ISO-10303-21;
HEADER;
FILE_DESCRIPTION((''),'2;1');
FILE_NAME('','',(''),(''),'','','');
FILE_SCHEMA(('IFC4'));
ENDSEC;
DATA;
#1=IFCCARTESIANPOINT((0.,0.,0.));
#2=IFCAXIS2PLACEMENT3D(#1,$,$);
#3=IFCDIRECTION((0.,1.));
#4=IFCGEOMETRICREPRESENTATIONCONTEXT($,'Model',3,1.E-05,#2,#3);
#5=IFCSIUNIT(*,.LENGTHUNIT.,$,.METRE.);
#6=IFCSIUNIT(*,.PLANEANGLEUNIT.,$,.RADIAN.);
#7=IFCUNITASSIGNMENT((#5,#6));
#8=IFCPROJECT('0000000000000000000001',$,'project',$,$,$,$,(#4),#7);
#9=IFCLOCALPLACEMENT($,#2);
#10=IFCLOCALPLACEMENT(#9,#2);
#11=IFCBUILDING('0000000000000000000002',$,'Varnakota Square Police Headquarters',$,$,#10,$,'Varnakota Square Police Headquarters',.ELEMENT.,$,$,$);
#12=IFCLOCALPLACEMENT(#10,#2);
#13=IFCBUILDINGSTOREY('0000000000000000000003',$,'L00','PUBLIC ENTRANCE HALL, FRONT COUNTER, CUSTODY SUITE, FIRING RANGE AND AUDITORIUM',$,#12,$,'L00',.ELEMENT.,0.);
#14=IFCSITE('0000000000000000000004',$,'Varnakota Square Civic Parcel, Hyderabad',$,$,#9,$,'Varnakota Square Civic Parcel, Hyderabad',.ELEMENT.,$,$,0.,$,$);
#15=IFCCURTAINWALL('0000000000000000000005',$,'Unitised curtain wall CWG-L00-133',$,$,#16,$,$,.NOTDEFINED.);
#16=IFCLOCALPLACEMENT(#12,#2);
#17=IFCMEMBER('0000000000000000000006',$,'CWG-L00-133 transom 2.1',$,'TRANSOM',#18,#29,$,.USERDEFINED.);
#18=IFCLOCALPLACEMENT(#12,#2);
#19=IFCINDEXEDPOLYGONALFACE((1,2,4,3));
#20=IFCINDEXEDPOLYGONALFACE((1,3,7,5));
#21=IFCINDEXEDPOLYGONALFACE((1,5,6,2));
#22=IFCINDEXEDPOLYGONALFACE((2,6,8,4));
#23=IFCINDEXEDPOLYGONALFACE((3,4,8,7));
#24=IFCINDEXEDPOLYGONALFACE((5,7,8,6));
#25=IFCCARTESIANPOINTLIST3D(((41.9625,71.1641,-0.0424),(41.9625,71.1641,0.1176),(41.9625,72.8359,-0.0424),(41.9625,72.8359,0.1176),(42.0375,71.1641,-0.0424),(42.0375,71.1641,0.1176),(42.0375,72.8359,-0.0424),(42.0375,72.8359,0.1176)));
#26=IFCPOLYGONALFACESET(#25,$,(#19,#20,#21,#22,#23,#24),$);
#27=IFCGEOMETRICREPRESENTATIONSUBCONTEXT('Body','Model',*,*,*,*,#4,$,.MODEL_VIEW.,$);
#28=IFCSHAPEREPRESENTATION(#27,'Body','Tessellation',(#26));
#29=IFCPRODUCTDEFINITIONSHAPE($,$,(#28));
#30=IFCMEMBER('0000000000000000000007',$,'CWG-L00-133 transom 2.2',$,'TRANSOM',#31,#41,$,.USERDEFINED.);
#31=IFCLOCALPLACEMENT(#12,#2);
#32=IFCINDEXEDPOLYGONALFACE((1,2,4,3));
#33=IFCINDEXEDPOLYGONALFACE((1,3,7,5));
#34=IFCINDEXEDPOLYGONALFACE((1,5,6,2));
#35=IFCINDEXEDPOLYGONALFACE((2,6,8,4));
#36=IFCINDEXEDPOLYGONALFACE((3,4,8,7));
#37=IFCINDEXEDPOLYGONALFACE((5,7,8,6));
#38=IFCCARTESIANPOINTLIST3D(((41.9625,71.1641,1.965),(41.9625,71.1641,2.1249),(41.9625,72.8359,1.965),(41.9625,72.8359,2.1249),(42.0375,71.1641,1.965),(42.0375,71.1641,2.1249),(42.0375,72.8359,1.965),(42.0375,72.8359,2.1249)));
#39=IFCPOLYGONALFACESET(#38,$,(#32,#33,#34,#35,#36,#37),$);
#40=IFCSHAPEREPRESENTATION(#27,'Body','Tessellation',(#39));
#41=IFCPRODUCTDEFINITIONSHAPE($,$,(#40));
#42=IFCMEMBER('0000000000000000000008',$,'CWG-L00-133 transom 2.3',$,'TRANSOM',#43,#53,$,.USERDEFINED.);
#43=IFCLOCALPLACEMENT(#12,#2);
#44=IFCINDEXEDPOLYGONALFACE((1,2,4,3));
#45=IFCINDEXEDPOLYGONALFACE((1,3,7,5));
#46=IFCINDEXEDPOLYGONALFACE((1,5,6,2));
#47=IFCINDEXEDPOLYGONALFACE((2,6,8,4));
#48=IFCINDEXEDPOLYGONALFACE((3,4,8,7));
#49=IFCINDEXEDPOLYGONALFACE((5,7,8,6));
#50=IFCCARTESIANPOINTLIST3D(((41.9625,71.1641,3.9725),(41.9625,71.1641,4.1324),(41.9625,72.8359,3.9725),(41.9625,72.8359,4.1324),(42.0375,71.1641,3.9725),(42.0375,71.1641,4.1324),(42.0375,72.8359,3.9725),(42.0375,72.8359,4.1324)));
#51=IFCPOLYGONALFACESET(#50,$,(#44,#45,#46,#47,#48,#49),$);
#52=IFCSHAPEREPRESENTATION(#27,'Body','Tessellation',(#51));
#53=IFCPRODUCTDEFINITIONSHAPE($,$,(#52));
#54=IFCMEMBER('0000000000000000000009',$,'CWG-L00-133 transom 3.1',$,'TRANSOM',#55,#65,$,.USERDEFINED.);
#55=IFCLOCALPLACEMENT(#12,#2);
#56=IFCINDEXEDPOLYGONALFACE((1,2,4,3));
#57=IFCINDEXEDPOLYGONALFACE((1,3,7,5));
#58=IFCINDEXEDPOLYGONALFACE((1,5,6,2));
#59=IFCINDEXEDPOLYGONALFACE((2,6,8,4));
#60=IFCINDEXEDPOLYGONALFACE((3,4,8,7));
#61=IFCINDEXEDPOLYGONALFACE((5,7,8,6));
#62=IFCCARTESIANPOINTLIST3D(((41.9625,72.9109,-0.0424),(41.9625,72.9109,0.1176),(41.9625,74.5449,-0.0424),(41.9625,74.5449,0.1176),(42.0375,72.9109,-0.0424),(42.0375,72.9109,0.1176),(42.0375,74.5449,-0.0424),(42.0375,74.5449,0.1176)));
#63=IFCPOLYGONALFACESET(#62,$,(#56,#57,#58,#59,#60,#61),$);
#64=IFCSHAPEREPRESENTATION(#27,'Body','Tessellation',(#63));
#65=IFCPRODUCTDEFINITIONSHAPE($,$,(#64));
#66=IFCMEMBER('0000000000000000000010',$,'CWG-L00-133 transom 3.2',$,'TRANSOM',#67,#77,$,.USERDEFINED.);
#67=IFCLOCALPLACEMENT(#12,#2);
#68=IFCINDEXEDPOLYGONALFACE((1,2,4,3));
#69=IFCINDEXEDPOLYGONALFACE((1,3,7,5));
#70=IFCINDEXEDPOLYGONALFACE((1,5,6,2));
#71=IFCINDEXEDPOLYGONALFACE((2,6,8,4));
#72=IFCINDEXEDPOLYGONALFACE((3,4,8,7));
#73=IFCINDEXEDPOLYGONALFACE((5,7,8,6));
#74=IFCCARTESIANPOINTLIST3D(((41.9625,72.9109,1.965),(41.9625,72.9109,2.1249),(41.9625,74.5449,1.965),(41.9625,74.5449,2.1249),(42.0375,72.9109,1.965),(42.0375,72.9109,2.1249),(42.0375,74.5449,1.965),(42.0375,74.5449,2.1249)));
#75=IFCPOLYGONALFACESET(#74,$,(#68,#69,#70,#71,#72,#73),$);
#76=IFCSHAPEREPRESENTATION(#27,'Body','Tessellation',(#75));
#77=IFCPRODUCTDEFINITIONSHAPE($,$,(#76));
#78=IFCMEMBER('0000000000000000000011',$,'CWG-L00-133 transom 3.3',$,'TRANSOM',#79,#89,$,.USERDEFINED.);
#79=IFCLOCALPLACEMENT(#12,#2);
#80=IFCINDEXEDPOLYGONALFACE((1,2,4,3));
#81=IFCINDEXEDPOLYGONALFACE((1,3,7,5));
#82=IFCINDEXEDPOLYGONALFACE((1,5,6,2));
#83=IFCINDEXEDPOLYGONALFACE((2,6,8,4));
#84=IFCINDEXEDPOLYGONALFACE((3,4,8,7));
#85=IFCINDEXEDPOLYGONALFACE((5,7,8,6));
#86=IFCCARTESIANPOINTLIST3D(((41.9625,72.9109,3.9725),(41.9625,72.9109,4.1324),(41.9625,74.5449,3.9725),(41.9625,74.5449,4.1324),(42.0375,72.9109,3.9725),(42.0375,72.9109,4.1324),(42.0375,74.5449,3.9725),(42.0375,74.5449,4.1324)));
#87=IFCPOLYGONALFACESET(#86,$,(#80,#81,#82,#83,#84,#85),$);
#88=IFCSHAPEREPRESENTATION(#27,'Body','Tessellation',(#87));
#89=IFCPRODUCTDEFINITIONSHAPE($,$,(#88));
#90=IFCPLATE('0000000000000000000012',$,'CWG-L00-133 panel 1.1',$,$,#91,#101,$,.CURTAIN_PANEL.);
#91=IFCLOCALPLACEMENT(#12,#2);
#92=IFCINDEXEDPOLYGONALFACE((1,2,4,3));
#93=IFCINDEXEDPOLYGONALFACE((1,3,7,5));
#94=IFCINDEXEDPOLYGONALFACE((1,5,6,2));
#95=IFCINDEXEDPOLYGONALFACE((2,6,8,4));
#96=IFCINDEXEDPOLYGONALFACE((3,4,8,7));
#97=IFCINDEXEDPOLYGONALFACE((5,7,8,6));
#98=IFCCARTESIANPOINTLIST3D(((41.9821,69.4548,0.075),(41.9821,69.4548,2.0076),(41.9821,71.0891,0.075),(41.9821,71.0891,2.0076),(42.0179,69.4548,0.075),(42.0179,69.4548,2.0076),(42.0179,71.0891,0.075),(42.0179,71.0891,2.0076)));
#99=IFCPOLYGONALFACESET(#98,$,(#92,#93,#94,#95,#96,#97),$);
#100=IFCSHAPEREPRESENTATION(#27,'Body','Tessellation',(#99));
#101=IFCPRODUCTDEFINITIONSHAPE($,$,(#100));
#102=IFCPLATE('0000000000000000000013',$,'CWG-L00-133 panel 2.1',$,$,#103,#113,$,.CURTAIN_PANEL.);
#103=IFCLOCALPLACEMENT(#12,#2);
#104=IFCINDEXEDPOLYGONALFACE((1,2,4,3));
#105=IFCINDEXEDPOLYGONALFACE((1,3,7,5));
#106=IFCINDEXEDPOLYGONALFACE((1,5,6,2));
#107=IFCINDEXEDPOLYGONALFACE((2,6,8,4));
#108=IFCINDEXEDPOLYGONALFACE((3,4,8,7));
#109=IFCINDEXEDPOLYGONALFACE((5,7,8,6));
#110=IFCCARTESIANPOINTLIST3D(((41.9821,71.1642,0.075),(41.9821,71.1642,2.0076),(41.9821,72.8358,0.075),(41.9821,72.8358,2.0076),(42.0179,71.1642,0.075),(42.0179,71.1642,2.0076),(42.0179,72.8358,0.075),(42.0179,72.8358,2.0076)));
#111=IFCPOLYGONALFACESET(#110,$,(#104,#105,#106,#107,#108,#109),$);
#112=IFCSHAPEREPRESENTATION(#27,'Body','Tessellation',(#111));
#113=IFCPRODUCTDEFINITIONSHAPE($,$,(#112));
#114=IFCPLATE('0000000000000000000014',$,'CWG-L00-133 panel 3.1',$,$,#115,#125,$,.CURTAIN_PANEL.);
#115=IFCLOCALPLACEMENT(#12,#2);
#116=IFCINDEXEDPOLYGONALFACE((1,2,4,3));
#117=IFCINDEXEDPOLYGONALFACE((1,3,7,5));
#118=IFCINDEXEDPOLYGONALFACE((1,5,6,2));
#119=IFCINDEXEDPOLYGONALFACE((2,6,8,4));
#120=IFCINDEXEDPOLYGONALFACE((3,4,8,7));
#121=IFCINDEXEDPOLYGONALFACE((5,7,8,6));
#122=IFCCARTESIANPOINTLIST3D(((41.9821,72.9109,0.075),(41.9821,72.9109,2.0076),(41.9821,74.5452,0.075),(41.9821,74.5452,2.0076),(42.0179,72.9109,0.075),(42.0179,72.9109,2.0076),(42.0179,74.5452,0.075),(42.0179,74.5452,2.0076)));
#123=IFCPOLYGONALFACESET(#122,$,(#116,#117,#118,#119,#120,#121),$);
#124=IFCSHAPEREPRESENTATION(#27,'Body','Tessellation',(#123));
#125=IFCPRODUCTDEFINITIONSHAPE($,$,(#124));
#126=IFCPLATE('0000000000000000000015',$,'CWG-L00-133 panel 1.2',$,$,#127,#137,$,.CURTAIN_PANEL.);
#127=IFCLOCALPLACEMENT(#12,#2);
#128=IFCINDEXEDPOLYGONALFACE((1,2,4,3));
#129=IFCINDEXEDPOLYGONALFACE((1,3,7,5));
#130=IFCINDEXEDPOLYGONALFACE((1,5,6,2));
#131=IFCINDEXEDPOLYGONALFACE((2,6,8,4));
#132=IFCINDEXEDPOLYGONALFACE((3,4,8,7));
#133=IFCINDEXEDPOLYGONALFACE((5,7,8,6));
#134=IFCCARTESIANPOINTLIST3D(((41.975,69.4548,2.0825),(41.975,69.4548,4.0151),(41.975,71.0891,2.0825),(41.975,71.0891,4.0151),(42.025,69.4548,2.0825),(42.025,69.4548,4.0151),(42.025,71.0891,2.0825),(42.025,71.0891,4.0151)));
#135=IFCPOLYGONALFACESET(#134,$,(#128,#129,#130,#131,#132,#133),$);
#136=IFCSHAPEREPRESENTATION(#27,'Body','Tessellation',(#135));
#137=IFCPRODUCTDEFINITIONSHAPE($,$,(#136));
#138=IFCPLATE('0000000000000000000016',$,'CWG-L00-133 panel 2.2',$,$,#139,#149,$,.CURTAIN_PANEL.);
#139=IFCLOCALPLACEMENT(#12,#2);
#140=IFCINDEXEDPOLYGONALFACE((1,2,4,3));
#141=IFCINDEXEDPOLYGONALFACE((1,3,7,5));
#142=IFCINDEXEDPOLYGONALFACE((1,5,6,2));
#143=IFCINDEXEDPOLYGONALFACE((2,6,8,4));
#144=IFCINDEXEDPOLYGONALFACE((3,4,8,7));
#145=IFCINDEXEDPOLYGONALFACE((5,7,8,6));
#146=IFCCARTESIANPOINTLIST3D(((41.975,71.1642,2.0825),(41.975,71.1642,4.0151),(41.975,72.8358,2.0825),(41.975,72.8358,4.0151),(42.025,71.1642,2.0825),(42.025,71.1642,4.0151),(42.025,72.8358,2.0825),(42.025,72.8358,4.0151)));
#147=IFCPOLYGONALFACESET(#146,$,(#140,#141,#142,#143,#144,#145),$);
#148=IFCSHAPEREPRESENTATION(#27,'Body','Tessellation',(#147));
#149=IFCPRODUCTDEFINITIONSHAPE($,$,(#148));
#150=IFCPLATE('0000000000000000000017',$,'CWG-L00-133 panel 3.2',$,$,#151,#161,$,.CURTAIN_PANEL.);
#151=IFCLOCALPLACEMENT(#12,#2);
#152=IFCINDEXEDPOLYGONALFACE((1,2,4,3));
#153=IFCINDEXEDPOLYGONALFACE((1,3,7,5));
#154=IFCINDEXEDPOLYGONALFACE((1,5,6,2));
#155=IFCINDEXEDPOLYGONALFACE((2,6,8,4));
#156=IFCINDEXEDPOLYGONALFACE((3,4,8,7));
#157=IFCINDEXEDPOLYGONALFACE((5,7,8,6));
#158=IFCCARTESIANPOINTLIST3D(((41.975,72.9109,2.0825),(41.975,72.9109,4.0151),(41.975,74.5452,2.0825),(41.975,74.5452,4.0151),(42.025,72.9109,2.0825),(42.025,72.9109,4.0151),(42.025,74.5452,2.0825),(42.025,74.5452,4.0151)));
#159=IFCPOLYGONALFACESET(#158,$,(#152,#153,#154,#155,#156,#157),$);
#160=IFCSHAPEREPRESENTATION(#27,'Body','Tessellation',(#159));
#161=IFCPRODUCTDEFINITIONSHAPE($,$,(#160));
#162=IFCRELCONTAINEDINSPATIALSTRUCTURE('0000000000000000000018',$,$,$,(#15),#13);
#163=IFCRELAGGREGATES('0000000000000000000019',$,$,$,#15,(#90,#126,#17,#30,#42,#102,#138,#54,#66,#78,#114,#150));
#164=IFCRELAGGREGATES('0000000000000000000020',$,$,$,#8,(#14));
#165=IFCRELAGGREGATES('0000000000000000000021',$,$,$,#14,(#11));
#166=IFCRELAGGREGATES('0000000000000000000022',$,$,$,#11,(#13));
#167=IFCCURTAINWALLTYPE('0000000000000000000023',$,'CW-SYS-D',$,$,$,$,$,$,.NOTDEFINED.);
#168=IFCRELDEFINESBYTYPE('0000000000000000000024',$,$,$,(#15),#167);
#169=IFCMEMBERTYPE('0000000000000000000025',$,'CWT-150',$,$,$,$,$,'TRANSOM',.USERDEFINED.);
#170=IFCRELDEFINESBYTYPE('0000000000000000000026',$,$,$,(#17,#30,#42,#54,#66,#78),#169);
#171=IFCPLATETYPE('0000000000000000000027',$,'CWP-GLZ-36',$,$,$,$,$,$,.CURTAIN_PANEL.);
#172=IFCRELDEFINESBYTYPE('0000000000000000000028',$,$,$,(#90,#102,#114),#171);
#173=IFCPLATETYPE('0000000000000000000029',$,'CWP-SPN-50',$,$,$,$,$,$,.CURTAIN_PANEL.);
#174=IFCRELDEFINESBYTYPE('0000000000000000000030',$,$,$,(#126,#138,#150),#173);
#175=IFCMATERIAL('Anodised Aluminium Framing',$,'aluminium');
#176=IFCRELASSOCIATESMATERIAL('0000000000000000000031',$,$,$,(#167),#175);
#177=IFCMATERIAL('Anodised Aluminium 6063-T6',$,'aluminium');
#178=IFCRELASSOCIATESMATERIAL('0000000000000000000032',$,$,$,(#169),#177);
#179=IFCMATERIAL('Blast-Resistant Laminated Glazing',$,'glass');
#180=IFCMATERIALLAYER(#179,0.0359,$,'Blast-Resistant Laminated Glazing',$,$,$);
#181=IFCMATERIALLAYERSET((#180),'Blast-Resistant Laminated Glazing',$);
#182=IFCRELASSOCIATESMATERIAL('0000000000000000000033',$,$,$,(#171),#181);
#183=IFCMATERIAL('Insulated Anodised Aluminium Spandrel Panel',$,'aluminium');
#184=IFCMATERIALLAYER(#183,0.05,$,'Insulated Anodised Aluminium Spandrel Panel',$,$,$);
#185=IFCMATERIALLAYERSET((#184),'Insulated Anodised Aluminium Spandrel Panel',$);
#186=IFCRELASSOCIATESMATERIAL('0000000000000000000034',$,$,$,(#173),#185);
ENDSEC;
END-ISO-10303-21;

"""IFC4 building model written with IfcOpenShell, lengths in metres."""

from ifc_helpers import new_model, si_unit, direction, frame, origin, origin_2d, place, context, subcontext, project, spatial, rectangle, extrude, material, layer, layer_set, material_profile, profile_set, type_object, element, aggregate, save


model = new_model("IFC4")

# Units and contexts
model_context = context("Model", 3, precision=1e-05, world=origin(), true_north=direction((0.0, 1.0)))
body_context = subcontext(model_context, "Body", "Model", "MODEL_VIEW")
ifc_project = project(units=[si_unit("LENGTHUNIT", "METRE"), si_unit("PLANEANGLEUNIT", "RADIAN")], contexts=[model_context])

# Site, building, storey
site_placement = place(None, origin())
site = spatial("IfcSite", under=ifc_project, at=site_placement, Name="Varnakota Square Civic Parcel, Hyderabad", LongName="Varnakota Square Civic Parcel, Hyderabad", CompositionType="ELEMENT", RefElevation=0.0)
building_placement = place(site_placement, origin())
building = spatial("IfcBuilding", under=site, at=building_placement, Name="Varnakota Square Police Headquarters", LongName="Varnakota Square Police Headquarters", CompositionType="ELEMENT")
storey_placement = place(building_placement, origin())
storey = spatial("IfcBuildingStorey", under=building, at=storey_placement, Name="L00", Description="PUBLIC ENTRANCE HALL, FRONT COUNTER, CUSTODY SUITE, FIRING RANGE AND AUDITORIUM", LongName="L00", CompositionType="ELEMENT", Elevation=0.0)

# Curtain wall, members, plates
ifc_material_1 = material(Name="Anodised Aluminium Framing", Category="aluminium")
curtain_wall_type = type_object("IfcCurtainWallType", Name="CW-SYS-D", PredefinedType="NOTDEFINED", material=ifc_material_1)
curtain_wall_placement = place(storey_placement, origin())
curtain_wall = element("IfcCurtainWall", 1, at=curtain_wall_placement, inside=storey, type_object=curtain_wall_type, Name="Unitised curtain wall CWG-L00-133", PredefinedType="NOTDEFINED")
ifc_material_2 = material(Name="Anodised Aluminium 6063-T6", Category="aluminium")
ifc_material_profile_1 = material_profile(ifc_material_2, rectangle(XDim=0.075, YDim=0.1599, at=origin_2d()), Name="ALU TRANSOM 75x160")
ifc_profile_set_1 = profile_set([ifc_material_profile_1], Name="Anodised Aluminium 6063-T6")
member_type_1 = type_object("IfcMemberType", Name="CWT-150", ElementType="TRANSOM", PredefinedType="USERDEFINED", material=ifc_profile_set_1)
member_1_placement = place(storey_placement, frame((42.0, 71.1641, 0.0376), z_axis=(0.0, 1.0, 0.0), x_axis=(-1.0, 0.0, 0.0)))
member_1 = element("IfcMember", 2, at=member_1_placement, type_object=member_type_1, Name="CWG-L00-133 transom 2.1", ObjectType="TRANSOM", PredefinedType="USERDEFINED", context=body_context, shape_type="SweptSolid", body=[
    extrude(rectangle(XDim=0.075, YDim=0.1599, at=origin_2d()), origin(), (0.0, 0.0, 1.0), 1.6719),
])
member_2_placement = place(storey_placement, frame((42.0, 71.1641, 2.0449), z_axis=(0.0, 1.0, 0.0), x_axis=(-1.0, 0.0, 0.0)))
member_2 = element("IfcMember", 3, at=member_2_placement, type_object=member_type_1, Name="CWG-L00-133 transom 2.2", ObjectType="TRANSOM", PredefinedType="USERDEFINED", context=body_context, shape_type="SweptSolid", body=[
    extrude(rectangle(XDim=0.075, YDim=0.1599, at=origin_2d()), origin(), (0.0, 0.0, 1.0), 1.6719),
])
member_3_placement = place(storey_placement, frame((42.0, 71.1641, 4.0525), z_axis=(0.0, 1.0, 0.0), x_axis=(-1.0, 0.0, 0.0)))
member_3 = element("IfcMember", 4, at=member_3_placement, type_object=member_type_1, Name="CWG-L00-133 transom 2.3", ObjectType="TRANSOM", PredefinedType="USERDEFINED", context=body_context, shape_type="SweptSolid", body=[
    extrude(rectangle(XDim=0.075, YDim=0.1599, at=origin_2d()), origin(), (0.0, 0.0, 1.0), 1.6719),
])
member_4_placement = place(storey_placement, frame((42.0, 72.9109, 0.0376), z_axis=(0.0, 1.0, 0.0), x_axis=(-1.0, 0.0, 0.0)))
member_4 = element("IfcMember", 5, at=member_4_placement, type_object=member_type_1, Name="CWG-L00-133 transom 3.1", ObjectType="TRANSOM", PredefinedType="USERDEFINED", context=body_context, shape_type="SweptSolid", body=[
    extrude(rectangle(XDim=0.075, YDim=0.1599, at=origin_2d()), origin(), (0.0, 0.0, 1.0), 1.634),
])
member_5_placement = place(storey_placement, frame((42.0, 72.9109, 2.0449), z_axis=(0.0, 1.0, 0.0), x_axis=(-1.0, 0.0, 0.0)))
member_5 = element("IfcMember", 6, at=member_5_placement, type_object=member_type_1, Name="CWG-L00-133 transom 3.2", ObjectType="TRANSOM", PredefinedType="USERDEFINED", context=body_context, shape_type="SweptSolid", body=[
    extrude(rectangle(XDim=0.075, YDim=0.1599, at=origin_2d()), origin(), (0.0, 0.0, 1.0), 1.634),
])
member_6_placement = place(storey_placement, frame((42.0, 72.9109, 4.0525), z_axis=(0.0, 1.0, 0.0), x_axis=(-1.0, 0.0, 0.0)))
member_6 = element("IfcMember", 7, at=member_6_placement, type_object=member_type_1, Name="CWG-L00-133 transom 3.3", ObjectType="TRANSOM", PredefinedType="USERDEFINED", context=body_context, shape_type="SweptSolid", body=[
    extrude(rectangle(XDim=0.075, YDim=0.1599, at=origin_2d()), origin(), (0.0, 0.0, 1.0), 1.634),
])
ifc_material_3 = material(Name="Blast-Resistant Laminated Glazing", Category="glass")
ifc_layer_1 = layer(ifc_material_3, 0.0359, Name="Blast-Resistant Laminated Glazing")
ifc_layer_set_1 = layer_set([ifc_layer_1], Name="Blast-Resistant Laminated Glazing")
plate_type_1 = type_object("IfcPlateType", Name="CWP-GLZ-36", PredefinedType="CURTAIN_PANEL", material=ifc_layer_set_1)
plate_1_placement = place(storey_placement, frame((42.0, 70.272, 0.075), z_axis=(0.0, 0.0, 1.0), x_axis=(0.0, 1.0, 0.0)))
plate_1 = element("IfcPlate", 8, at=plate_1_placement, type_object=plate_type_1, Name="CWG-L00-133 panel 1.1", PredefinedType="CURTAIN_PANEL", context=body_context, shape_type="SweptSolid", body=[
    extrude(rectangle(XDim=1.6343, YDim=0.0359, at=origin_2d()), origin(), (0.0, 0.0, 1.0), 1.9326),
])
plate_2_placement = place(storey_placement, frame((42.0, 72.0, 0.075), z_axis=(0.0, 0.0, 1.0), x_axis=(0.0, 1.0, 0.0)))
plate_2 = element("IfcPlate", 9, at=plate_2_placement, type_object=plate_type_1, Name="CWG-L00-133 panel 2.1", PredefinedType="CURTAIN_PANEL", context=body_context, shape_type="SweptSolid", body=[
    extrude(rectangle(XDim=1.6716, YDim=0.0359, at=origin_2d()), origin(), (0.0, 0.0, 1.0), 1.9326),
])
plate_3_placement = place(storey_placement, frame((42.0, 73.728, 0.075), z_axis=(0.0, 0.0, 1.0), x_axis=(0.0, 1.0, 0.0)))
plate_3 = element("IfcPlate", 10, at=plate_3_placement, type_object=plate_type_1, Name="CWG-L00-133 panel 3.1", PredefinedType="CURTAIN_PANEL", context=body_context, shape_type="SweptSolid", body=[
    extrude(rectangle(XDim=1.6343, YDim=0.0359, at=origin_2d()), origin(), (0.0, 0.0, 1.0), 1.9326),
])
ifc_material_4 = material(Name="Insulated Anodised Aluminium Spandrel Panel", Category="aluminium")
ifc_layer_2 = layer(ifc_material_4, 0.05, Name="Insulated Anodised Aluminium Spandrel Panel")
ifc_layer_set_2 = layer_set([ifc_layer_2], Name="Insulated Anodised Aluminium Spandrel Panel")
plate_type_2 = type_object("IfcPlateType", Name="CWP-SPN-50", PredefinedType="CURTAIN_PANEL", material=ifc_layer_set_2)
plate_4_placement = place(storey_placement, frame((42.0, 70.272, 2.0825), z_axis=(0.0, 0.0, 1.0), x_axis=(0.0, 1.0, 0.0)))
plate_4 = element("IfcPlate", 11, at=plate_4_placement, type_object=plate_type_2, Name="CWG-L00-133 panel 1.2", PredefinedType="CURTAIN_PANEL", context=body_context, shape_type="SweptSolid", body=[
    extrude(rectangle(XDim=1.6343, YDim=0.05, at=origin_2d()), origin(), (0.0, 0.0, 1.0), 1.9326),
])
plate_5_placement = place(storey_placement, frame((42.0, 72.0, 2.0825), z_axis=(0.0, 0.0, 1.0), x_axis=(0.0, 1.0, 0.0)))
plate_5 = element("IfcPlate", 12, at=plate_5_placement, type_object=plate_type_2, Name="CWG-L00-133 panel 2.2", PredefinedType="CURTAIN_PANEL", context=body_context, shape_type="SweptSolid", body=[
    extrude(rectangle(XDim=1.6716, YDim=0.05, at=origin_2d()), origin(), (0.0, 0.0, 1.0), 1.9326),
])
plate_6_placement = place(storey_placement, frame((42.0, 73.728, 2.0825), z_axis=(0.0, 0.0, 1.0), x_axis=(0.0, 1.0, 0.0)))
plate_6 = element("IfcPlate", 13, at=plate_6_placement, type_object=plate_type_2, Name="CWG-L00-133 panel 3.2", PredefinedType="CURTAIN_PANEL", context=body_context, shape_type="SweptSolid", body=[
    extrude(rectangle(XDim=1.6343, YDim=0.05, at=origin_2d()), origin(), (0.0, 0.0, 1.0), 1.9326),
])
aggregate(curtain_wall, [plate_1, plate_4, member_1, member_2, member_3, plate_2, plate_5, member_4, member_5, member_6, plate_3, plate_6])

save(model, "model.ifc")
